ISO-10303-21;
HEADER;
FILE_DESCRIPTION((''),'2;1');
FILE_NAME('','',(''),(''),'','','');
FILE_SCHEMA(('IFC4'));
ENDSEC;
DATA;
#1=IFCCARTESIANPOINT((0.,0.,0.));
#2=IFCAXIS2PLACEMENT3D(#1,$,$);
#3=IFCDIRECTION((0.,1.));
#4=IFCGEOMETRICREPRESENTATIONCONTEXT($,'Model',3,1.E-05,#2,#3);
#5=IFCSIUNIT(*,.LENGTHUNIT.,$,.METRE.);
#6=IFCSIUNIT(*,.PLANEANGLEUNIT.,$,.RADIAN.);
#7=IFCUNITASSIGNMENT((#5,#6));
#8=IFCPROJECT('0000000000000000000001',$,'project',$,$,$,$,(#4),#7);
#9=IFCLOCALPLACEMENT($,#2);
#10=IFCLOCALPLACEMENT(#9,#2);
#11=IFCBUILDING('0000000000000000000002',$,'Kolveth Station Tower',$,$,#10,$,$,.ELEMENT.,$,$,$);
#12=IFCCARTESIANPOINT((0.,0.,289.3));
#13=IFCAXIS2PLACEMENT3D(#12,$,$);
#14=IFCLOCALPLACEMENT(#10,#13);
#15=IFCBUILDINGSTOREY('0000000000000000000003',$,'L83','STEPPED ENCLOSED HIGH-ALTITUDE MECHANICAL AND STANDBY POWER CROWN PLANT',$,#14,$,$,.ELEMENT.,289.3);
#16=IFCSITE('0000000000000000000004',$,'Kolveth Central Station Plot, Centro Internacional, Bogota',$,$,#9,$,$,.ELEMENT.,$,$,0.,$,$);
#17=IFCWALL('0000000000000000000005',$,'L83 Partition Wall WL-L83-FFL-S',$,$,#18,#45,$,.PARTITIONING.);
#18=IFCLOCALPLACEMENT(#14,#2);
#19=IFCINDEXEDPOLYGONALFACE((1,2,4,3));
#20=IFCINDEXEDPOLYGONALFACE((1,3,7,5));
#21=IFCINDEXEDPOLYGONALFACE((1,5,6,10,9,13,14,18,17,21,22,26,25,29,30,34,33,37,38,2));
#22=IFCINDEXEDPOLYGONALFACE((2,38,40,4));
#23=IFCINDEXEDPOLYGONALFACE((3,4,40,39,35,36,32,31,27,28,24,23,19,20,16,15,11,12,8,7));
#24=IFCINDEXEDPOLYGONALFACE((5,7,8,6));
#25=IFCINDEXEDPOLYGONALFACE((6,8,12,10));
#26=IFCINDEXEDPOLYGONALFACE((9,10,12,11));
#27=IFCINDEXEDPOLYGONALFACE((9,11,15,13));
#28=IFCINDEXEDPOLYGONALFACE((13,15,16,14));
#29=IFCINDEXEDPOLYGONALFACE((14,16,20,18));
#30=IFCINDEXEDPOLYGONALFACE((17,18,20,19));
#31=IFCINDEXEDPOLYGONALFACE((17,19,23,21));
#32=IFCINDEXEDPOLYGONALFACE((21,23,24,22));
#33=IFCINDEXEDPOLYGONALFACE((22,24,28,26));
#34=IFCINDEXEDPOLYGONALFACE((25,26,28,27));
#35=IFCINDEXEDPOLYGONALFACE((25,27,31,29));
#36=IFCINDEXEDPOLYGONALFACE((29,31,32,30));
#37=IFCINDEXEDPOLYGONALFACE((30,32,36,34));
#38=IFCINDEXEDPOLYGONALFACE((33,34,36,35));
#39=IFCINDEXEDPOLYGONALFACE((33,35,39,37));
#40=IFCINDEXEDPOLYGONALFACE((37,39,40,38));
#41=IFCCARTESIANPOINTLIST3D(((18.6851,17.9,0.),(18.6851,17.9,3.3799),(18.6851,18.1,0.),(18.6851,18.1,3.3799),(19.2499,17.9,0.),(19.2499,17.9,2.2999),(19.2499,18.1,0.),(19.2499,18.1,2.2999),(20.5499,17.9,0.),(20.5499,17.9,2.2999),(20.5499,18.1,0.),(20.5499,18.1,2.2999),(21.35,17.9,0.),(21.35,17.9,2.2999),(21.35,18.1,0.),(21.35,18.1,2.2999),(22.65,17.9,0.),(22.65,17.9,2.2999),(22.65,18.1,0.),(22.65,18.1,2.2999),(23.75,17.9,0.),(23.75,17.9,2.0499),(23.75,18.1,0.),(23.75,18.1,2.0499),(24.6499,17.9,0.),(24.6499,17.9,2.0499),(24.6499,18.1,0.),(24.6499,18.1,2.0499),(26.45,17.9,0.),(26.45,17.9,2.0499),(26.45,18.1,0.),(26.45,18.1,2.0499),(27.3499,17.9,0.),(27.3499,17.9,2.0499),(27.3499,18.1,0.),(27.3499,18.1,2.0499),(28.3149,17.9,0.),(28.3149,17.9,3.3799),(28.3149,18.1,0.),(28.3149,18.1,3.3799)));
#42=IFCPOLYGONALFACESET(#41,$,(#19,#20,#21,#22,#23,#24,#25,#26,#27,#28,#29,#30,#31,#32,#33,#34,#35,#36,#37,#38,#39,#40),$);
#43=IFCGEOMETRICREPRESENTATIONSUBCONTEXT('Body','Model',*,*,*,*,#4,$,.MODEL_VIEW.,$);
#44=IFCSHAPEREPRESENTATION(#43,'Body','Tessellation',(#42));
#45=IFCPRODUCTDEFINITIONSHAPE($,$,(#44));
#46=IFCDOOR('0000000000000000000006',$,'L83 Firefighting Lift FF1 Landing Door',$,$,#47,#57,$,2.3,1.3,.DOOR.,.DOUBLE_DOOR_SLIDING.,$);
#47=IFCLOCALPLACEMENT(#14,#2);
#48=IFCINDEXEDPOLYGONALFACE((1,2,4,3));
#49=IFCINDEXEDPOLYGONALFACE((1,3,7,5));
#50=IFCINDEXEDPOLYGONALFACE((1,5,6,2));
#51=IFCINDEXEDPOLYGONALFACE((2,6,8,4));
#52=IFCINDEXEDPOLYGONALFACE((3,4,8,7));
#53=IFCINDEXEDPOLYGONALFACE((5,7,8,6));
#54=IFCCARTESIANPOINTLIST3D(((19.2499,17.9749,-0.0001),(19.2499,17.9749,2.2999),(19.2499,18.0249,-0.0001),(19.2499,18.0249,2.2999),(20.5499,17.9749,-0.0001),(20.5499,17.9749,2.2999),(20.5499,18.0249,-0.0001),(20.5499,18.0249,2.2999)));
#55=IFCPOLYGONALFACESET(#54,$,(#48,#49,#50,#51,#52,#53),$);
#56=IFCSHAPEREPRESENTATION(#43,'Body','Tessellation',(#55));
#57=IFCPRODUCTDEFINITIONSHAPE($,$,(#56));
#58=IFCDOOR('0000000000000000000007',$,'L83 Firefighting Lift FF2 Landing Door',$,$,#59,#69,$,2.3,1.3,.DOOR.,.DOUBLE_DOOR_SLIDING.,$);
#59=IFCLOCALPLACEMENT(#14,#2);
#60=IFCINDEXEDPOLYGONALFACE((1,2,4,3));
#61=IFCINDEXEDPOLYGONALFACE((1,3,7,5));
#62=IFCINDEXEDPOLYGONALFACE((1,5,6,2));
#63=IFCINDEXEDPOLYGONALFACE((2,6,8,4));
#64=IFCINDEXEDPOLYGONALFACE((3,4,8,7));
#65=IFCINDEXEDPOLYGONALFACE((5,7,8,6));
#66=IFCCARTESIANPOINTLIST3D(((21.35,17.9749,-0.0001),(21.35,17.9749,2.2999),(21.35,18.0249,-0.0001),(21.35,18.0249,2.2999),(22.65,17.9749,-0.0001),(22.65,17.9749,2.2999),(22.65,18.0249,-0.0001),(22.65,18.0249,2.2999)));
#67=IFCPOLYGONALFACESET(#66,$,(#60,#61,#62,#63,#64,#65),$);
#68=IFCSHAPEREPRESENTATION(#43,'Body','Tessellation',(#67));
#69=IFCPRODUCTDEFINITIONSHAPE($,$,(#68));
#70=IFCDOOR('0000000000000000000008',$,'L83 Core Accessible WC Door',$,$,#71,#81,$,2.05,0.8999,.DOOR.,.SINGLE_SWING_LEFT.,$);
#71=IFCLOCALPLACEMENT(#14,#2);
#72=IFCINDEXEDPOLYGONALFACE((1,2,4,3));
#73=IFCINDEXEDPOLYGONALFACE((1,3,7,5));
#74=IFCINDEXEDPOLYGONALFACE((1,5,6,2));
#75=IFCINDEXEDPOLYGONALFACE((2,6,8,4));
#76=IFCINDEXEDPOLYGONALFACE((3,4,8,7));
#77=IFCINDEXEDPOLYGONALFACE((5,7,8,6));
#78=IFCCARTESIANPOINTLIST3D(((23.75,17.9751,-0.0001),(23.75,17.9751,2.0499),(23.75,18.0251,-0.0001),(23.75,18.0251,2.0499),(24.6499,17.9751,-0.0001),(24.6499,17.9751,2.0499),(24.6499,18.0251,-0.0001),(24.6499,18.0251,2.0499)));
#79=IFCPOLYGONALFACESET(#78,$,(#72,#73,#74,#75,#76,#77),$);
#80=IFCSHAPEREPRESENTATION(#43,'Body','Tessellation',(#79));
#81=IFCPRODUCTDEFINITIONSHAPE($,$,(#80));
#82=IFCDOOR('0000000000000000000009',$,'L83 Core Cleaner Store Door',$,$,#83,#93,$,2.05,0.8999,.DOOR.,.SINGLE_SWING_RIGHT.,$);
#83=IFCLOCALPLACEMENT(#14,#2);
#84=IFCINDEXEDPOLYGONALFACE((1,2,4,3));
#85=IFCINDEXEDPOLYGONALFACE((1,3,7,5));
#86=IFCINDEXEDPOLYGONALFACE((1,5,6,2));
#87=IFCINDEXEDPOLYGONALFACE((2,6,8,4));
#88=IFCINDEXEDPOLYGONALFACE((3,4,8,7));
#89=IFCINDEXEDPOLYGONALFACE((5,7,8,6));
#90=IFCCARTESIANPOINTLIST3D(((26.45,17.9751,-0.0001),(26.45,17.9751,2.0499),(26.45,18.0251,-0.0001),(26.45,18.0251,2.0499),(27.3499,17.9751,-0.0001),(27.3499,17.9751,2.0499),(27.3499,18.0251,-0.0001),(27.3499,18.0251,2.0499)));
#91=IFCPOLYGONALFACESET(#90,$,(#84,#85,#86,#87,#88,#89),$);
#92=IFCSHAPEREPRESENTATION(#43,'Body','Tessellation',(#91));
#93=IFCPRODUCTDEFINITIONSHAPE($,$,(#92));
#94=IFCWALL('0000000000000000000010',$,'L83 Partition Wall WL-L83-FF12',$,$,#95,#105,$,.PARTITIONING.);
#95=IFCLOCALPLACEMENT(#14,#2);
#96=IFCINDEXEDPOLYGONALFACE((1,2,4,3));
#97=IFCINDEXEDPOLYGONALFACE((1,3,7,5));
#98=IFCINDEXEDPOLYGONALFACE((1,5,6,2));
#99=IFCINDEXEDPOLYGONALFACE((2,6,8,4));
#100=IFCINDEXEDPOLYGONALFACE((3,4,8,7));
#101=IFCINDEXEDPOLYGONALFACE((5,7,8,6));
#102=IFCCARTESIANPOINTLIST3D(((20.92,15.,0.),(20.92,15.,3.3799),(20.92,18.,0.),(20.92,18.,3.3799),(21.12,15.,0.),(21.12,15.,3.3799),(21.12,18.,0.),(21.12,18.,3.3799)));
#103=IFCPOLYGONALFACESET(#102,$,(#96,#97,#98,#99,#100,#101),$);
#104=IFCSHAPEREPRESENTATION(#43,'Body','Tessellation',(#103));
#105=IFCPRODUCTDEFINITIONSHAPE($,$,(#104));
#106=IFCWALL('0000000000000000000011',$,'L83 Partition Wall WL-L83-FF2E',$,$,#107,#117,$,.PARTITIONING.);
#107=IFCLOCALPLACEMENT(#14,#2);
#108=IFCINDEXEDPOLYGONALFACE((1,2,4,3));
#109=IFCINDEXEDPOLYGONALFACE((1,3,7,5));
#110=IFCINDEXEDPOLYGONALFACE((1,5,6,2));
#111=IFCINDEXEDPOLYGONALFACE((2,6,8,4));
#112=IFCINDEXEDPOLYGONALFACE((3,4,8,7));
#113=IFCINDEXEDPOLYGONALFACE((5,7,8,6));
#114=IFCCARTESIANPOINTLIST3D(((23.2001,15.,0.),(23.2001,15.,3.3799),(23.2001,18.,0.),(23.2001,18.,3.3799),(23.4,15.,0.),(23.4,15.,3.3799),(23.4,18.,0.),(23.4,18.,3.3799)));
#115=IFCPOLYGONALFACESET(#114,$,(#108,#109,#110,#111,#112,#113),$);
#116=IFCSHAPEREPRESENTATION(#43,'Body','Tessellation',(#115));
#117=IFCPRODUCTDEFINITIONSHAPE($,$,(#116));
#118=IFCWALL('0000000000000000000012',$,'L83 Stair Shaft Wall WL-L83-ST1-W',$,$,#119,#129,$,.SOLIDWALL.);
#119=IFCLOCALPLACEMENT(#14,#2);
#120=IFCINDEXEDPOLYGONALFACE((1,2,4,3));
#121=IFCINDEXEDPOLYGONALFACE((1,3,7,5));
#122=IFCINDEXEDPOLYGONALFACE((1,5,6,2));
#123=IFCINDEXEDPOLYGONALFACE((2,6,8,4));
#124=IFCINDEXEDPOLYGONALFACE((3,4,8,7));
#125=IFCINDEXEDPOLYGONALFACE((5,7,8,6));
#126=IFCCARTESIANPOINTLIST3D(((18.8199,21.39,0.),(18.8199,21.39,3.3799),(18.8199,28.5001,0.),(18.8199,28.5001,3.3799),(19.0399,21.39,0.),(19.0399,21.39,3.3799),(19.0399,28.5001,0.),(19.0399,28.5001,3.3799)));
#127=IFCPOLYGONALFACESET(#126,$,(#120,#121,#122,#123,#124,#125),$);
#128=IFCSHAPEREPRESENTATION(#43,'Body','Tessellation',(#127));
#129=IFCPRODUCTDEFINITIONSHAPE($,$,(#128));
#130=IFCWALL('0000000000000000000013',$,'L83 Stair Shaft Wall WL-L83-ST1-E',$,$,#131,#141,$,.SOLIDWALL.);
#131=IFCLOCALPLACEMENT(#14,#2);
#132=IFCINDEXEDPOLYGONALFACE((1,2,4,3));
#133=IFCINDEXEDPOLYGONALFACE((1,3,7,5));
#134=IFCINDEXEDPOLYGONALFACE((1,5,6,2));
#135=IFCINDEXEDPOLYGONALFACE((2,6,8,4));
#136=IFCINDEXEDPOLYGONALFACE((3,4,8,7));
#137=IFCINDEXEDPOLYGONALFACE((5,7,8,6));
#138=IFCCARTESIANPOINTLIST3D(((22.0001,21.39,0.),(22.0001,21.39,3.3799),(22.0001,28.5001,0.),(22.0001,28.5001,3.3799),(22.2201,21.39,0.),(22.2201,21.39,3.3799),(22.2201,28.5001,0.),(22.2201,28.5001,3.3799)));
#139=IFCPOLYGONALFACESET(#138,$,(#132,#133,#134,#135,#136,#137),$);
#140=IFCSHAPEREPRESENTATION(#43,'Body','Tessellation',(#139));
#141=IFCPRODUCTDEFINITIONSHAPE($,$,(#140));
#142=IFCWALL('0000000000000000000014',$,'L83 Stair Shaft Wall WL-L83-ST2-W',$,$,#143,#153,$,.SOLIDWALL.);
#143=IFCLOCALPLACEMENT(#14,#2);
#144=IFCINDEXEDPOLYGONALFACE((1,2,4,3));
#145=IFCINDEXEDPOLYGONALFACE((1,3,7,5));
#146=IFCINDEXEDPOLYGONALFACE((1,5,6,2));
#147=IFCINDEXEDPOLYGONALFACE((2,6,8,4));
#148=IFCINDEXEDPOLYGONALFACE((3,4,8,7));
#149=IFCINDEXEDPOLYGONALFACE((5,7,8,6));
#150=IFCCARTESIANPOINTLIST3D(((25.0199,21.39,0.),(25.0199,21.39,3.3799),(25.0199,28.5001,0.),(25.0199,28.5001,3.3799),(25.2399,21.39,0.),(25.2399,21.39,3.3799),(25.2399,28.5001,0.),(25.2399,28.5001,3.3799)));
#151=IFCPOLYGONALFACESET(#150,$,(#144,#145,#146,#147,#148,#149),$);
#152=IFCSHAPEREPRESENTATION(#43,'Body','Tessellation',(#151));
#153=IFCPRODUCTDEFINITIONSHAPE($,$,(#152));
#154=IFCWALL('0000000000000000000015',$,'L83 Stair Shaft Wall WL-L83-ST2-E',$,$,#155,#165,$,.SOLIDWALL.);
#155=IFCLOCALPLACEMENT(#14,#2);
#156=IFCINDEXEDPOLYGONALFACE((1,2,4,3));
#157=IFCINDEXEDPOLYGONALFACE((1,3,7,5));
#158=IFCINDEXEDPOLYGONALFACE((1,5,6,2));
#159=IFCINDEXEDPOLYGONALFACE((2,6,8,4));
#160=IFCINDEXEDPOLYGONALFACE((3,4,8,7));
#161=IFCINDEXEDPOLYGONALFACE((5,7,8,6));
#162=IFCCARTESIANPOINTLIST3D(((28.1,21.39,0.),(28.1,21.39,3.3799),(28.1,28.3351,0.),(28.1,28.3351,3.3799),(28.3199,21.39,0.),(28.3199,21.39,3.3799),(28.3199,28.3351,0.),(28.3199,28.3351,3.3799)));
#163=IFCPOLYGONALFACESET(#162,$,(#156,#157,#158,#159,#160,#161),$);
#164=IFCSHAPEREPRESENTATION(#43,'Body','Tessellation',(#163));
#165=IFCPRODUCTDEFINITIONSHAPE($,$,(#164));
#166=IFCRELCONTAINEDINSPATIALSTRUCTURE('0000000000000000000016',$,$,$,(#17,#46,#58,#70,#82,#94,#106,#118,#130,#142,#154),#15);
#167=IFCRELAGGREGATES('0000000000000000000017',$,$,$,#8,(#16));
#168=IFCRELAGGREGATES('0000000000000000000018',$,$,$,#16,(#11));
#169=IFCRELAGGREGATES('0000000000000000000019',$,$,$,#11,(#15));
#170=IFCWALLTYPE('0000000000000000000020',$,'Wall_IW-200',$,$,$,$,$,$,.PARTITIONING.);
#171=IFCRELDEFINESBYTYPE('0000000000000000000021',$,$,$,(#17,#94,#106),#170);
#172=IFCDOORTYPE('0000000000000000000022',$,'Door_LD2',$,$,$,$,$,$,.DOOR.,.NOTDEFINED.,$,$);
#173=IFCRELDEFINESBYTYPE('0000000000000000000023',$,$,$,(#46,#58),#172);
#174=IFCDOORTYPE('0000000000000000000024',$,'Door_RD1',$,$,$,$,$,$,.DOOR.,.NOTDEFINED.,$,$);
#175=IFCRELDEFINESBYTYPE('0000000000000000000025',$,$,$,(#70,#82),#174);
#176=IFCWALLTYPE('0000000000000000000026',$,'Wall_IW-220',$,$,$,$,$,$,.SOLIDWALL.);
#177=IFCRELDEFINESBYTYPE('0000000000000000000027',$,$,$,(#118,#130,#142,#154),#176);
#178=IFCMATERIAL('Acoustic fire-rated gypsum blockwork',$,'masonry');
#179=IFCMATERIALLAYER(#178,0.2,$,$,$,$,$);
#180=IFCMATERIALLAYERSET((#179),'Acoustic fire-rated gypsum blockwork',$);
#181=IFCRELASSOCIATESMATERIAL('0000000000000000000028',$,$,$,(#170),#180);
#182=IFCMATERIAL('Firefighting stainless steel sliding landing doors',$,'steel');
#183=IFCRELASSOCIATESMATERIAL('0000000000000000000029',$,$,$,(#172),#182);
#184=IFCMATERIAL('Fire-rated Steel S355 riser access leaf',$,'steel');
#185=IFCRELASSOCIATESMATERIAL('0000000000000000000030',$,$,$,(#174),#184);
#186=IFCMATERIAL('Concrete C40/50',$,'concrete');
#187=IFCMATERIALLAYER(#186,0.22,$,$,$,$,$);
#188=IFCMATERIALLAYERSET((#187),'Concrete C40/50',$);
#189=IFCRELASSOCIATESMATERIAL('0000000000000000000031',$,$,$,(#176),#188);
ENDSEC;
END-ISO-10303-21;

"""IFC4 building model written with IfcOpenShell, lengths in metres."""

from ifc_helpers import new_model, si_unit, direction, frame, frame_2d, origin, place, context, subcontext, project, spatial, rectangle, extrude, material, layer, layer_set, type_object, element, fill, save


model = new_model("IFC4")

# Units and contexts
model_context = context("Model", 3, precision=1e-05, world=origin(), true_north=direction((0.0, 1.0)))
body_context = subcontext(model_context, "Body", "Model", "MODEL_VIEW")
ifc_project = project(units=[si_unit("LENGTHUNIT", "METRE"), si_unit("PLANEANGLEUNIT", "RADIAN")], contexts=[model_context])

# Site, building, storey
site_placement = place(None, origin())
site = spatial("IfcSite", under=ifc_project, at=site_placement, Name="Kolveth Central Station Plot, Centro Internacional, Bogota", CompositionType="ELEMENT", RefElevation=0.0)
building_placement = place(site_placement, origin())
building = spatial("IfcBuilding", under=site, at=building_placement, Name="Kolveth Station Tower", CompositionType="ELEMENT")
storey_placement = place(building_placement, frame((0.0, 0.0, 289.3)))
storey = spatial("IfcBuildingStorey", under=building, at=storey_placement, Name="L83", Description="STEPPED ENCLOSED HIGH-ALTITUDE MECHANICAL AND STANDBY POWER CROWN PLANT", CompositionType="ELEMENT", Elevation=289.3)

# Shared definitions
ifc_material_1 = material(Name="Acoustic fire-rated gypsum blockwork", Category="masonry")
ifc_layer_1 = layer(ifc_material_1, 0.2)
ifc_layer_set_1 = layer_set([ifc_layer_1], Name="Acoustic fire-rated gypsum blockwork")
wall_type_1 = type_object("IfcWallType", Name="Wall_IW-200", PredefinedType="PARTITIONING", material=ifc_layer_set_1)

# Wall, openings, doors
wall_1_placement = place(storey_placement, frame((18.6851, 18.0, 0.0), z_axis=(0.0, 0.0, 1.0), x_axis=(1.0, 0.0, 0.0)))
wall_1 = element("IfcWall", 1, at=wall_1_placement, inside=storey, type_object=wall_type_1, Name="L83 Partition Wall WL-L83-FFL-S", PredefinedType="PARTITIONING", context=body_context, shape_type="SweptSolid", body=[
    extrude(rectangle(XDim=9.6299, YDim=0.2, at=frame_2d((4.8149, 0.0))), origin(), (0.0, 0.0, 1.0), 3.3799),
])
opening_1_placement = place(wall_1_placement, frame((0.5649, 0.0, 0.0)))
opening_1 = element("IfcOpeningElement", 2, at=opening_1_placement, cuts=wall_1, PredefinedType="OPENING", context=body_context, shape_type="SweptSolid", body=[
    extrude(rectangle(XDim=1.3, YDim=2.3, at=frame_2d((0.6499, 1.1499))), frame((0.0, 0.1099, 0.0), z_axis=(0.0, -1.0, 0.0), x_axis=(1.0, 0.0, 0.0)), (0.0, 0.0, 1.0), 0.22),
])
opening_2_placement = place(wall_1_placement, frame((2.665, 0.0, 0.0)))
opening_2 = element("IfcOpeningElement", 3, at=opening_2_placement, cuts=wall_1, PredefinedType="OPENING", context=body_context, shape_type="SweptSolid", body=[
    extrude(rectangle(XDim=1.3, YDim=2.3, at=frame_2d((0.6499, 1.1499))), frame((0.0, 0.1099, 0.0), z_axis=(0.0, -1.0, 0.0), x_axis=(1.0, 0.0, 0.0)), (0.0, 0.0, 1.0), 0.22),
])
opening_3_placement = place(wall_1_placement, frame((5.0649, 0.0, 0.0)))
opening_3 = element("IfcOpeningElement", 4, at=opening_3_placement, cuts=wall_1, PredefinedType="OPENING", context=body_context, shape_type="SweptSolid", body=[
    extrude(rectangle(XDim=0.8999, YDim=2.05, at=frame_2d((0.45, 1.0249))), frame((0.0, 0.1099, 0.0), z_axis=(0.0, -1.0, 0.0), x_axis=(1.0, 0.0, 0.0)), (0.0, 0.0, 1.0), 0.22),
])
opening_4_placement = place(wall_1_placement, frame((7.7649, 0.0, 0.0)))
opening_4 = element("IfcOpeningElement", 5, at=opening_4_placement, cuts=wall_1, PredefinedType="OPENING", context=body_context, shape_type="SweptSolid", body=[
    extrude(rectangle(XDim=0.8999, YDim=2.05, at=frame_2d((0.45, 1.0249))), frame((0.0, 0.1099, 0.0), z_axis=(0.0, -1.0, 0.0), x_axis=(1.0, 0.0, 0.0)), (0.0, 0.0, 1.0), 0.22),
])
ifc_material_2 = material(Name="Firefighting stainless steel sliding landing doors", Category="steel")
door_type_1 = type_object("IfcDoorType", Name="Door_LD2", OperationType="NOTDEFINED", PredefinedType="DOOR", material=ifc_material_2)
door_1_placement = place(opening_1_placement, origin())
door_1 = element("IfcDoor", 6, at=door_1_placement, inside=storey, type_object=door_type_1, Name="L83 Firefighting Lift FF1 Landing Door", OperationType="DOUBLE_DOOR_SLIDING", OverallHeight=2.3, OverallWidth=1.3, PredefinedType="DOOR", context=body_context, shape_type="SweptSolid", body=[
    extrude(rectangle(XDim=1.3, YDim=2.3, at=frame_2d((0.6499, 1.1499))), frame((0.0, 0.0249, 0.0), z_axis=(0.0, -1.0, 0.0), x_axis=(1.0, 0.0, 0.0)), (0.0, 0.0, 1.0), 0.05),
])
fill(opening_1, door_1)
door_2_placement = place(opening_2_placement, origin())
door_2 = element("IfcDoor", 7, at=door_2_placement, inside=storey, type_object=door_type_1, Name="L83 Firefighting Lift FF2 Landing Door", OperationType="DOUBLE_DOOR_SLIDING", OverallHeight=2.3, OverallWidth=1.3, PredefinedType="DOOR", context=body_context, shape_type="SweptSolid", body=[
    extrude(rectangle(XDim=1.3, YDim=2.3, at=frame_2d((0.6499, 1.1499))), frame((0.0, 0.0249, 0.0), z_axis=(0.0, -1.0, 0.0), x_axis=(1.0, 0.0, 0.0)), (0.0, 0.0, 1.0), 0.05),
])
fill(opening_2, door_2)
ifc_material_3 = material(Name="Fire-rated Steel S355 riser access leaf", Category="steel")
door_type_2 = type_object("IfcDoorType", Name="Door_RD1", OperationType="NOTDEFINED", PredefinedType="DOOR", material=ifc_material_3)
door_3_placement = place(opening_3_placement, frame((0.8999, 0.0, 0.0), z_axis=(0.0, 0.0, 1.0), x_axis=(-1.0, 0.0, 0.0)))
door_3 = element("IfcDoor", 8, at=door_3_placement, inside=storey, type_object=door_type_2, Name="L83 Core Accessible WC Door", OperationType="SINGLE_SWING_LEFT", OverallHeight=2.05, OverallWidth=0.8999, PredefinedType="DOOR", context=body_context, shape_type="SweptSolid", body=[
    extrude(rectangle(XDim=0.8999, YDim=2.05, at=frame_2d((0.45, 1.0249))), frame((0.0, 0.0249, 0.0), z_axis=(0.0, -1.0, 0.0), x_axis=(1.0, 0.0, 0.0)), (0.0, 0.0, 1.0), 0.05),
])
fill(opening_3, door_3)
door_4_placement = place(opening_4_placement, frame((0.8999, 0.0, 0.0), z_axis=(0.0, 0.0, 1.0), x_axis=(-1.0, 0.0, 0.0)))
door_4 = element("IfcDoor", 9, at=door_4_placement, inside=storey, type_object=door_type_2, Name="L83 Core Cleaner Store Door", OperationType="SINGLE_SWING_RIGHT", OverallHeight=2.05, OverallWidth=0.8999, PredefinedType="DOOR", context=body_context, shape_type="SweptSolid", body=[
    extrude(rectangle(XDim=0.8999, YDim=2.05, at=frame_2d((0.45, 1.0249))), frame((0.0, 0.0249, 0.0), z_axis=(0.0, -1.0, 0.0), x_axis=(1.0, 0.0, 0.0)), (0.0, 0.0, 1.0), 0.05),
])
fill(opening_4, door_4)

# Walls
for number, where, z_axis, x_axis, name in (
    (10, (21.02, 15.0, 0.0), (0.0, 0.0, 1.0), (0.0, 1.0, 0.0), "L83 Partition Wall WL-L83-FF12"),
    (11, (23.3, 15.0, 0.0), (0.0, 0.0, 1.0), (0.0, 1.0, 0.0), "L83 Partition Wall WL-L83-FF2E"),
):
    element("IfcWall", number, at=place(storey_placement, frame(where, z_axis=z_axis, x_axis=x_axis)), inside=storey, type_object=wall_type_1, Name=name, PredefinedType="PARTITIONING", context=body_context, shape_type="SweptSolid", body=[
        extrude(rectangle(XDim=3.0, YDim=0.2, at=frame_2d((1.5, 0.0))), origin(), (0.0, 0.0, 1.0), 3.3799),
    ])
ifc_material_4 = material(Name="Concrete C40/50", Category="concrete")
ifc_layer_2 = layer(ifc_material_4, 0.22)
ifc_layer_set_2 = layer_set([ifc_layer_2], Name="Concrete C40/50")
wall_type_2 = type_object("IfcWallType", Name="Wall_IW-220", PredefinedType="SOLIDWALL", material=ifc_layer_set_2)
for number, where, z_axis, x_axis, name in (
    (12, (18.9299, 21.3899, 0.0), (0.0, 0.0, 1.0), (0.0, 1.0, 0.0), "L83 Stair Shaft Wall WL-L83-ST1-W"),
    (13, (22.1101, 21.3899, 0.0), (0.0, 0.0, 1.0), (0.0, 1.0, 0.0), "L83 Stair Shaft Wall WL-L83-ST1-E"),
    (14, (25.1299, 21.3899, 0.0), (0.0, 0.0, 1.0), (0.0, 1.0, 0.0), "L83 Stair Shaft Wall WL-L83-ST2-W"),
):
    element("IfcWall", number, at=place(storey_placement, frame(where, z_axis=z_axis, x_axis=x_axis)), inside=storey, type_object=wall_type_2, Name=name, PredefinedType="SOLIDWALL", context=body_context, shape_type="SweptSolid", body=[
        extrude(rectangle(XDim=7.1101, YDim=0.22, at=frame_2d((3.5552, 0.0))), origin(), (0.0, 0.0, 1.0), 3.3799),
    ])
wall_2_placement = place(storey_placement, frame((28.21, 21.3899, 0.0), z_axis=(0.0, 0.0, 1.0), x_axis=(0.0, 1.0, 0.0)))
element("IfcWall", 15, at=wall_2_placement, inside=storey, type_object=wall_type_2, Name="L83 Stair Shaft Wall WL-L83-ST2-E", PredefinedType="SOLIDWALL", context=body_context, shape_type="SweptSolid", body=[
    extrude(rectangle(XDim=6.9451, YDim=0.22, at=frame_2d((3.4727, 0.0))), origin(), (0.0, 0.0, 1.0), 3.3799),
])

save(model, "model.ifc")
